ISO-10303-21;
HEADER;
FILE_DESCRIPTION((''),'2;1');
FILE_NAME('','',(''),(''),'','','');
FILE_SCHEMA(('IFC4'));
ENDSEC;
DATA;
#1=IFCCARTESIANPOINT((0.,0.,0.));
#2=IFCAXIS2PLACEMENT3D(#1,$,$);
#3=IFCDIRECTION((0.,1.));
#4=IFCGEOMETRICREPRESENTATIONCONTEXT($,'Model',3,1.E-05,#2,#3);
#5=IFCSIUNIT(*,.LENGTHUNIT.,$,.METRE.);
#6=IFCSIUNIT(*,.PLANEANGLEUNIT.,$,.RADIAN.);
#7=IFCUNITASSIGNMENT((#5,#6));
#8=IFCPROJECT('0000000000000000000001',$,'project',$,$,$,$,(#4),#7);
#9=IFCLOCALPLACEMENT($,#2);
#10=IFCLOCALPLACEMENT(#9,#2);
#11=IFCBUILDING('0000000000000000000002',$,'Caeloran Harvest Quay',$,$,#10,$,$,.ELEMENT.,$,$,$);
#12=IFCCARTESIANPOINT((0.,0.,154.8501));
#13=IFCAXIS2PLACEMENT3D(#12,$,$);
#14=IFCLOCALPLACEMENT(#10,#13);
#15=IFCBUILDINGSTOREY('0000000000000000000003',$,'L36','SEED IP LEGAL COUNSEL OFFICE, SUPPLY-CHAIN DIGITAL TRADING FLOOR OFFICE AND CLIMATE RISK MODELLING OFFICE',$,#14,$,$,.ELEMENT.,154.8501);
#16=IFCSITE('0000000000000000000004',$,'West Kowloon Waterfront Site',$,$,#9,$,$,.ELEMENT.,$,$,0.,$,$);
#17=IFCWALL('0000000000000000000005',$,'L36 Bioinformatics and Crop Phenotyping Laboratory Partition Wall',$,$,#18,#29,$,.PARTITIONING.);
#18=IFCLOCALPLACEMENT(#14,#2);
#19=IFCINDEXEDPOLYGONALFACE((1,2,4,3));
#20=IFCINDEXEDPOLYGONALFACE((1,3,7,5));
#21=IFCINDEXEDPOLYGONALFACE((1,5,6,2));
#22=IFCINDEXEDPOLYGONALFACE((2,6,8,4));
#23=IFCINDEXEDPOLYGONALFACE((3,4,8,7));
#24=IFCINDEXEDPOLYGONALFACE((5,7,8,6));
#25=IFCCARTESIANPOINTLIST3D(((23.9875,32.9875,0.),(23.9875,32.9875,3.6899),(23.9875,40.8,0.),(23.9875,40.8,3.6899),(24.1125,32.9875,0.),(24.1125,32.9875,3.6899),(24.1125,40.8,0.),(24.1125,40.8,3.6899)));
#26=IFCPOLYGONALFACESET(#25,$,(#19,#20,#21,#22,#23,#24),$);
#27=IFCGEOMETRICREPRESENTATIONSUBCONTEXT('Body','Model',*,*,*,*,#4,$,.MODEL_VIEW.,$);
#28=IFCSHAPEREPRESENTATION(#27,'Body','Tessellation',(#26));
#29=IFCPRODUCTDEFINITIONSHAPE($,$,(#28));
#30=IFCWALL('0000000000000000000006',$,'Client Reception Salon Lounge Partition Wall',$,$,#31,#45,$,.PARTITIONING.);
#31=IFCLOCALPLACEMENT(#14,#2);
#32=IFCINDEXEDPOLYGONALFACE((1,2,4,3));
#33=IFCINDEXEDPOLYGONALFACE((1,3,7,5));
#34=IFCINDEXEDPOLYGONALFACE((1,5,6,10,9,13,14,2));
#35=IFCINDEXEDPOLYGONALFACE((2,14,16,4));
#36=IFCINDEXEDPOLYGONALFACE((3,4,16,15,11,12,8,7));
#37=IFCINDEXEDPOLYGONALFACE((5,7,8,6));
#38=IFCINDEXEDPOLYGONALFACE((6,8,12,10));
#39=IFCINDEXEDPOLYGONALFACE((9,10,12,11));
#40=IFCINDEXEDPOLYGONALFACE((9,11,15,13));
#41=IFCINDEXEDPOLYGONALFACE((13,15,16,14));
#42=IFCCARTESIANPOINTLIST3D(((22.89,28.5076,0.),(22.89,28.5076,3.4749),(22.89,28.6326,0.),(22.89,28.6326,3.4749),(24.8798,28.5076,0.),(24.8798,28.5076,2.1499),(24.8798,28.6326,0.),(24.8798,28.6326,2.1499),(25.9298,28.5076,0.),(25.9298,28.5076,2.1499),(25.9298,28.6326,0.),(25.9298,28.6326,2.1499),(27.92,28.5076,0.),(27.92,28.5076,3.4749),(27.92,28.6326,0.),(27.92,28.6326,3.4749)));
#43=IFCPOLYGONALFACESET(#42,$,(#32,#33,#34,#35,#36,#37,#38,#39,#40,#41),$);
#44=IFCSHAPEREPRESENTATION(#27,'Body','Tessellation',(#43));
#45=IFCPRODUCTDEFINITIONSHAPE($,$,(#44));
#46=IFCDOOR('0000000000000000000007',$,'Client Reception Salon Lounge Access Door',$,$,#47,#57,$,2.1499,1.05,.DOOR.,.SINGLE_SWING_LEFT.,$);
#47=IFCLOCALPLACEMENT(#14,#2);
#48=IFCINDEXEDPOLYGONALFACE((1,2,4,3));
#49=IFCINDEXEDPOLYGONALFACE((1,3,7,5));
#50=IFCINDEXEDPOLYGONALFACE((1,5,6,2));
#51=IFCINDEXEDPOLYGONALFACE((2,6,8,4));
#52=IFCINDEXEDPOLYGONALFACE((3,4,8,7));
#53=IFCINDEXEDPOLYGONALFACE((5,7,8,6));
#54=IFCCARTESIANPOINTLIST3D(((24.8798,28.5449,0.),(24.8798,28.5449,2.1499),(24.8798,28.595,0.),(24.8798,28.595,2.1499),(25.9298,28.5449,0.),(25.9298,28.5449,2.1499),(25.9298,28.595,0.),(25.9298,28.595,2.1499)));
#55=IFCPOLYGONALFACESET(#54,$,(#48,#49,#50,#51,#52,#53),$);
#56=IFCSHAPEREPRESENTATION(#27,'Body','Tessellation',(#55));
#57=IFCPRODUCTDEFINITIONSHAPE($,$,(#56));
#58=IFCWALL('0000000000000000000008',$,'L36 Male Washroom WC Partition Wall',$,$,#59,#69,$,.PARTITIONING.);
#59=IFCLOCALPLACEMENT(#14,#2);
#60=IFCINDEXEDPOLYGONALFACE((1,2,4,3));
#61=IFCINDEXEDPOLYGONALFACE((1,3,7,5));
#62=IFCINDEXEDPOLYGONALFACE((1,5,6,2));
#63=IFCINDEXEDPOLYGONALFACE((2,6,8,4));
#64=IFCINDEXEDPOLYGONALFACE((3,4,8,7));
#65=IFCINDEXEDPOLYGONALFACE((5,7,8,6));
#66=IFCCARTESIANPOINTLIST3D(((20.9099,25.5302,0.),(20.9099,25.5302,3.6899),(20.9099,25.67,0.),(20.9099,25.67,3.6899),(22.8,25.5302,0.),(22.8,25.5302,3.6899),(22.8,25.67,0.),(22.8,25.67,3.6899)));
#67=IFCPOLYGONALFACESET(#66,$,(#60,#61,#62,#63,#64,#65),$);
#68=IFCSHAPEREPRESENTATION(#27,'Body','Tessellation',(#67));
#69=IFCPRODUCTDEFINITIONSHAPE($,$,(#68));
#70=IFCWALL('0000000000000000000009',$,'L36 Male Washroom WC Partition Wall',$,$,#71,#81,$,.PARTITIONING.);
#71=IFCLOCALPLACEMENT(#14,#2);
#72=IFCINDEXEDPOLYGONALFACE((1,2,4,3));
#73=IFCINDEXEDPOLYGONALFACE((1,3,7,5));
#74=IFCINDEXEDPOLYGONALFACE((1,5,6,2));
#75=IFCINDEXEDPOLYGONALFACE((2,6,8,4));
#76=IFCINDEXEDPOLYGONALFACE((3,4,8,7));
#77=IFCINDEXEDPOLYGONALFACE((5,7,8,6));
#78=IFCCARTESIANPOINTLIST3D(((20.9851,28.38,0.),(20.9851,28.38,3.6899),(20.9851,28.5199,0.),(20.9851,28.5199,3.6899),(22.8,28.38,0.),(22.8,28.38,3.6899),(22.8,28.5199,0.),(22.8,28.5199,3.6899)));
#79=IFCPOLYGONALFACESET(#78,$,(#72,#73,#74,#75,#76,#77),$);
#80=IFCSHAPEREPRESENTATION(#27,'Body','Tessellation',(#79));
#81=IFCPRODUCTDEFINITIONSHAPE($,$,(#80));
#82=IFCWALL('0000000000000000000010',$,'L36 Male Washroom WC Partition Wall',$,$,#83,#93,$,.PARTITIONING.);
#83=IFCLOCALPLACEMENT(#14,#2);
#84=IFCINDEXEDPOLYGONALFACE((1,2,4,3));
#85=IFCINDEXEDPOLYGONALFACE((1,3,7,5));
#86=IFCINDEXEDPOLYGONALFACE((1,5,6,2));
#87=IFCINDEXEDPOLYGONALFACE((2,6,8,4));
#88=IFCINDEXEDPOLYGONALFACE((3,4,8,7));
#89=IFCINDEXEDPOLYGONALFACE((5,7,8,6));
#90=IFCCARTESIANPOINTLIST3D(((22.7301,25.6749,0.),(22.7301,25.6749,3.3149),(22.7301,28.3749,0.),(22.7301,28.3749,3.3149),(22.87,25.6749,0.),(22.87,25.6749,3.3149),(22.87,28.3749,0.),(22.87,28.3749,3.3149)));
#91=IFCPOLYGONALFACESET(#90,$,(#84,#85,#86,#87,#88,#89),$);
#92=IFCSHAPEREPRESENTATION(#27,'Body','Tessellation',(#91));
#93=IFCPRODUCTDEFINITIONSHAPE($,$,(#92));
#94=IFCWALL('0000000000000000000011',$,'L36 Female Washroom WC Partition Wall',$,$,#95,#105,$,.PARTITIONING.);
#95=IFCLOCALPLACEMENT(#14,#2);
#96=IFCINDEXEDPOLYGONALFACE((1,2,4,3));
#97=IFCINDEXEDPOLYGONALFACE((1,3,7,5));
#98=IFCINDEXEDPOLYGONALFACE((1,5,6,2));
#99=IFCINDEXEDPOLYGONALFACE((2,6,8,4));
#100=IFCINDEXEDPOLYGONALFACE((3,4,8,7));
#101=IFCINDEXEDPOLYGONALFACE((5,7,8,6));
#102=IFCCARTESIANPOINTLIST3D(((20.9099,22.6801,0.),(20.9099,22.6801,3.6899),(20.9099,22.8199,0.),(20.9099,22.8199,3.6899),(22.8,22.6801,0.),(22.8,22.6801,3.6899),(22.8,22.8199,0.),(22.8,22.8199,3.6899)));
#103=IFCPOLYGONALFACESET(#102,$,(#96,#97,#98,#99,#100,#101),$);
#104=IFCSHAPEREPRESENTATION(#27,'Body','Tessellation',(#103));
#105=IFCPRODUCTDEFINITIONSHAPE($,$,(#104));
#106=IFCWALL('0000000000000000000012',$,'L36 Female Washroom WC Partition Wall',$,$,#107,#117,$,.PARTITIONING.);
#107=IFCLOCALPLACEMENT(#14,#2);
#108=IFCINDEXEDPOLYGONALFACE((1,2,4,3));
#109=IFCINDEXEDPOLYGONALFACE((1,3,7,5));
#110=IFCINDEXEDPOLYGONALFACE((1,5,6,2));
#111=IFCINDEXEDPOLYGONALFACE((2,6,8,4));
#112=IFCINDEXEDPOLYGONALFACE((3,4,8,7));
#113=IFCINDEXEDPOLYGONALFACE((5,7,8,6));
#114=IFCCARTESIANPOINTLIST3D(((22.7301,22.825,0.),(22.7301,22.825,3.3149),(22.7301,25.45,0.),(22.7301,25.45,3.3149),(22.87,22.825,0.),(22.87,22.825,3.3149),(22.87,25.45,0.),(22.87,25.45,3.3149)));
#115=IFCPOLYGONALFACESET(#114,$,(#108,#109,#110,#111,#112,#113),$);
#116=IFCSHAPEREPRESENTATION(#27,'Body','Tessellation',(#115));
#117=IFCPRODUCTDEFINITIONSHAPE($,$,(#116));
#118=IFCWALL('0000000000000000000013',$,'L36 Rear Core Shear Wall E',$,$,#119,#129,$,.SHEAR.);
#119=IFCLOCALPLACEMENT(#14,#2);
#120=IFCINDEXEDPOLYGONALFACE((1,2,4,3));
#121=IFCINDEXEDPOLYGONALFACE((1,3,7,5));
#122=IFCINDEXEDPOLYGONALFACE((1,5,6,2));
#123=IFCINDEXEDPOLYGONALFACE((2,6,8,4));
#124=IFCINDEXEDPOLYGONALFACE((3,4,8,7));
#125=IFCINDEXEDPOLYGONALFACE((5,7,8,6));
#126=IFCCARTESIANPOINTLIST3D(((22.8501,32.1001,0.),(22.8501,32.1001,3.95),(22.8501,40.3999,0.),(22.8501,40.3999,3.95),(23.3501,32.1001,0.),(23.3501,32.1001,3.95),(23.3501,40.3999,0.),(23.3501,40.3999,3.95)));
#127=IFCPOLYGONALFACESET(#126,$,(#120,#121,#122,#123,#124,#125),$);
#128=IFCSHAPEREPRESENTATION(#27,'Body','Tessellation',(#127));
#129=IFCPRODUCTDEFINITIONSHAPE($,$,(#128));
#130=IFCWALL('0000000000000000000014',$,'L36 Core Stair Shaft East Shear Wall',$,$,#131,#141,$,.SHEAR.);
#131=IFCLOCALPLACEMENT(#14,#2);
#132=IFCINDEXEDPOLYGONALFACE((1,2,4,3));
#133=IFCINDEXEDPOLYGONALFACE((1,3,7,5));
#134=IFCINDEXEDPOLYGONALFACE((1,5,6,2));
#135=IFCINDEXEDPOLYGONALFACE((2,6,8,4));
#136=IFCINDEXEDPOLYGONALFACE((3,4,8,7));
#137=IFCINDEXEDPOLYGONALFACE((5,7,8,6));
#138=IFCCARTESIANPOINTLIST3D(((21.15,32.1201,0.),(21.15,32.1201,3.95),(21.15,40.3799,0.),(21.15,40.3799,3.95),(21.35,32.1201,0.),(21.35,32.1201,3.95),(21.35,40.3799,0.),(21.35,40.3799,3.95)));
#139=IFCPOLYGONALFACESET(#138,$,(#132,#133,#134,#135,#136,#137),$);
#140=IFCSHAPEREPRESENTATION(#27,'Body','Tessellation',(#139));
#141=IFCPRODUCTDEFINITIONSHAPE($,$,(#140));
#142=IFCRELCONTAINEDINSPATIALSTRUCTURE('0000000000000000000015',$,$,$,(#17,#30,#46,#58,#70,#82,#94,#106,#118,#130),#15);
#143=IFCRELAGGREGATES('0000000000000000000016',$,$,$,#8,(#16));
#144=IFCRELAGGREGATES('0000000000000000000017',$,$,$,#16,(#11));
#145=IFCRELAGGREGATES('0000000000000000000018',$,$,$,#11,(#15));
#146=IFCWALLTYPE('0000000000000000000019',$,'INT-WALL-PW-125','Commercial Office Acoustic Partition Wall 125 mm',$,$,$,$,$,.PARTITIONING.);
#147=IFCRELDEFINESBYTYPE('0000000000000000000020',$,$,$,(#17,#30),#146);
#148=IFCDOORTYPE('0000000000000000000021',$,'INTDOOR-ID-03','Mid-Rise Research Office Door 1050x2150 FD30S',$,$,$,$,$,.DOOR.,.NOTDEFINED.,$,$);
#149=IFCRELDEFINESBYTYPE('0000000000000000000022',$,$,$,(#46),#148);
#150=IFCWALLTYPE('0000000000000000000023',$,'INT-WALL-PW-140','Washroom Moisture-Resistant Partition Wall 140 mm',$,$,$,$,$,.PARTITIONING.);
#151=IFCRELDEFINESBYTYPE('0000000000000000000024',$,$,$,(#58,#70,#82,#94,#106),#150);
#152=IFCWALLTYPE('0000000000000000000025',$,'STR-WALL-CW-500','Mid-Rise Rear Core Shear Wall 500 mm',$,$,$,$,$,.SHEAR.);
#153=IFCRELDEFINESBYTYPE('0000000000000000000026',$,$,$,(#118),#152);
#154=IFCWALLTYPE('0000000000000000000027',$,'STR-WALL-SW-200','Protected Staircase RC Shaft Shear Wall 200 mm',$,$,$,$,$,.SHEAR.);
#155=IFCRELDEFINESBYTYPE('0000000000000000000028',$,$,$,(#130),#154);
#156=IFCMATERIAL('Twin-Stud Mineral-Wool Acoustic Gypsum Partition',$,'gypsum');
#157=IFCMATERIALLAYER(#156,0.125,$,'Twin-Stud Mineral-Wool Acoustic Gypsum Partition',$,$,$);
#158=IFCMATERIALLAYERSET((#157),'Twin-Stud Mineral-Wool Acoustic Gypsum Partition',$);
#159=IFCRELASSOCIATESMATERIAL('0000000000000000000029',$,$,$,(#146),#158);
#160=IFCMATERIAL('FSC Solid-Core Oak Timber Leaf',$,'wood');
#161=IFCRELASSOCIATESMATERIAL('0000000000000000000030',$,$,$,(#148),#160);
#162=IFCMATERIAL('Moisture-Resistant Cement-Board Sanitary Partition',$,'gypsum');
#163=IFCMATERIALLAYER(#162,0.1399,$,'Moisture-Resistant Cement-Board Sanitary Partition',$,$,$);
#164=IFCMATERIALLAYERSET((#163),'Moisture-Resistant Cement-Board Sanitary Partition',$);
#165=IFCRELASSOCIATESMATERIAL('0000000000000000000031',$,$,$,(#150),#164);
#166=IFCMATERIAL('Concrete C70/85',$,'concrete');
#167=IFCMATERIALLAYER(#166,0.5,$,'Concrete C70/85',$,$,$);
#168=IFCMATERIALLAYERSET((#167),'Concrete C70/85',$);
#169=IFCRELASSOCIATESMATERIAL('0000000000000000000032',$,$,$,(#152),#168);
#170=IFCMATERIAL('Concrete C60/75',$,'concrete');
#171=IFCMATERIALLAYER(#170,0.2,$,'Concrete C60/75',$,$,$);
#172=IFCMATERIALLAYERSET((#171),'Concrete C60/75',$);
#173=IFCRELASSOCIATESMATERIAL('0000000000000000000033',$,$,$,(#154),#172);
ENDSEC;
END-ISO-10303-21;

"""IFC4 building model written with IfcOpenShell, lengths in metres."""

from ifc_helpers import new_model, si_unit, direction, frame, frame_2d, origin, place, context, subcontext, project, spatial, rectangle, extrude, material, layer, layer_set, type_object, element, fill, save


model = new_model("IFC4")

# Units and contexts
model_context = context("Model", 3, precision=1e-05, world=origin(), true_north=direction((0.0, 1.0)))
body_context = subcontext(model_context, "Body", "Model", "MODEL_VIEW")
ifc_project = project(units=[si_unit("LENGTHUNIT", "METRE"), si_unit("PLANEANGLEUNIT", "RADIAN")], contexts=[model_context])

# Site, building, storey
site_placement = place(None, origin())
site = spatial("IfcSite", under=ifc_project, at=site_placement, Name="West Kowloon Waterfront Site", CompositionType="ELEMENT", RefElevation=0.0)
building_placement = place(site_placement, origin())
building = spatial("IfcBuilding", under=site, at=building_placement, Name="Caeloran Harvest Quay", CompositionType="ELEMENT")
storey_placement = place(building_placement, frame((0.0, 0.0, 154.8501)))
storey = spatial("IfcBuildingStorey", under=building, at=storey_placement, Name="L36", Description="SEED IP LEGAL COUNSEL OFFICE, SUPPLY-CHAIN DIGITAL TRADING FLOOR OFFICE AND CLIMATE RISK MODELLING OFFICE", CompositionType="ELEMENT", Elevation=154.8501)

# Wall
ifc_material_1 = material(Name="Twin-Stud Mineral-Wool Acoustic Gypsum Partition", Category="gypsum")
ifc_layer_1 = layer(ifc_material_1, 0.125, Name="Twin-Stud Mineral-Wool Acoustic Gypsum Partition")
ifc_layer_set_1 = layer_set([ifc_layer_1], Name="Twin-Stud Mineral-Wool Acoustic Gypsum Partition")
wall_type_1 = type_object("IfcWallType", Name="INT-WALL-PW-125", Description="Commercial Office Acoustic Partition Wall 125 mm", PredefinedType="PARTITIONING", material=ifc_layer_set_1)
wall_1_placement = place(storey_placement, frame((24.05, 32.9875, 0.0), z_axis=(0.0, 0.0, 1.0), x_axis=(0.0, 1.0, 0.0)))
element("IfcWall", 1, at=wall_1_placement, inside=storey, type_object=wall_type_1, Name="L36 Bioinformatics and Crop Phenotyping Laboratory Partition Wall", PredefinedType="PARTITIONING", context=body_context, shape_type="SweptSolid", body=[
    extrude(rectangle(XDim=7.8125, YDim=0.125, at=frame_2d((3.9062, 0.0))), origin(), (0.0, 0.0, 1.0), 3.6899),
])

# Wall, opening, door
wall_2_placement = place(storey_placement, frame((22.8899, 28.5701, 0.0), z_axis=(0.0, 0.0, 1.0), x_axis=(1.0, 0.0, 0.0)))
wall_2 = element("IfcWall", 2, at=wall_2_placement, inside=storey, type_object=wall_type_1, Name="Client Reception Salon Lounge Partition Wall", PredefinedType="PARTITIONING", context=body_context, shape_type="SweptSolid", body=[
    extrude(rectangle(XDim=5.03, YDim=0.125, at=frame_2d((2.5151, 0.0))), origin(), (0.0, 0.0, 1.0), 3.4749),
])
opening_1_placement = place(wall_2_placement, frame((1.99, 0.0, 0.0)))
opening_1 = element("IfcOpeningElement", 3, at=opening_1_placement, cuts=wall_2, PredefinedType="OPENING", context=body_context, shape_type="SweptSolid", body=[
    extrude(rectangle(XDim=1.05, YDim=2.1499, at=frame_2d((0.5249, 1.075))), frame((0.0, 0.0725, 0.0), z_axis=(0.0, -1.0, 0.0), x_axis=(1.0, 0.0, 0.0)), (0.0, 0.0, 1.0), 0.145),
])
ifc_material_2 = material(Name="FSC Solid-Core Oak Timber Leaf", Category="wood")
door_type_1 = type_object("IfcDoorType", Name="INTDOOR-ID-03", Description="Mid-Rise Research Office Door 1050x2150 FD30S", OperationType="NOTDEFINED", PredefinedType="DOOR", material=ifc_material_2)
door_1_placement = place(opening_1_placement, origin())
door_1 = element("IfcDoor", 4, at=door_1_placement, inside=storey, type_object=door_type_1, Name="Client Reception Salon Lounge Access Door", OperationType="SINGLE_SWING_LEFT", OverallHeight=2.1499, OverallWidth=1.05, PredefinedType="DOOR", context=body_context, shape_type="SweptSolid", body=[
    extrude(rectangle(XDim=1.05, YDim=2.1499, at=frame_2d((0.5249, 1.075))), frame((0.0, 0.0249, 0.0), z_axis=(0.0, -1.0, 0.0), x_axis=(1.0, 0.0, 0.0)), (0.0, 0.0, 1.0), 0.05),
])
fill(opening_1, door_1)

# Wall
ifc_material_3 = material(Name="Moisture-Resistant Cement-Board Sanitary Partition", Category="gypsum")
ifc_layer_2 = layer(ifc_material_3, 0.1399, Name="Moisture-Resistant Cement-Board Sanitary Partition")
ifc_layer_set_2 = layer_set([ifc_layer_2], Name="Moisture-Resistant Cement-Board Sanitary Partition")
wall_type_2 = type_object("IfcWallType", Name="INT-WALL-PW-140", Description="Washroom Moisture-Resistant Partition Wall 140 mm", PredefinedType="PARTITIONING", material=ifc_layer_set_2)
wall_3_placement = place(storey_placement, frame((22.8, 25.6001, 0.0), z_axis=(0.0, 0.0, 1.0), x_axis=(-1.0, 0.0, 0.0)))
element("IfcWall", 5, at=wall_3_placement, inside=storey, type_object=wall_type_2, Name="L36 Male Washroom WC Partition Wall", PredefinedType="PARTITIONING", context=body_context, shape_type="SweptSolid", body=[
    extrude(rectangle(XDim=1.8901, YDim=0.1399, at=frame_2d((0.9451, 0.0))), origin(), (0.0, 0.0, 1.0), 3.6899),
])

# Walls
wall_4_placement = place(storey_placement, frame((20.9851, 28.45, 0.0), z_axis=(0.0, 0.0, 1.0), x_axis=(1.0, 0.0, 0.0)))
element("IfcWall", 6, at=wall_4_placement, inside=storey, type_object=wall_type_2, Name="L36 Male Washroom WC Partition Wall", PredefinedType="PARTITIONING", context=body_context, shape_type="SweptSolid", body=[
    extrude(rectangle(XDim=1.8149, YDim=0.1399, at=frame_2d((0.9075, 0.0))), origin(), (0.0, 0.0, 1.0), 3.6899),
])
wall_5_placement = place(storey_placement, frame((22.8, 28.375, 0.0), z_axis=(0.0, 0.0, 1.0), x_axis=(0.0, -1.0, 0.0)))
element("IfcWall", 7, at=wall_5_placement, inside=storey, type_object=wall_type_2, Name="L36 Male Washroom WC Partition Wall", PredefinedType="PARTITIONING", context=body_context, shape_type="SweptSolid", body=[
    extrude(rectangle(XDim=2.7, YDim=0.1399, at=frame_2d((1.3501, 0.0))), origin(), (0.0, 0.0, 1.0), 3.3149),
])
wall_6_placement = place(storey_placement, frame((22.8, 22.75, 0.0), z_axis=(0.0, 0.0, 1.0), x_axis=(-1.0, 0.0, 0.0)))
element("IfcWall", 8, at=wall_6_placement, inside=storey, type_object=wall_type_2, Name="L36 Female Washroom WC Partition Wall", PredefinedType="PARTITIONING", context=body_context, shape_type="SweptSolid", body=[
    extrude(rectangle(XDim=1.8901, YDim=0.1399, at=frame_2d((0.9451, 0.0))), origin(), (0.0, 0.0, 1.0), 3.6899),
])

# Walls
wall_7_placement = place(storey_placement, frame((22.8, 25.45, 0.0), z_axis=(0.0, 0.0, 1.0), x_axis=(0.0, -1.0, 0.0)))
element("IfcWall", 9, at=wall_7_placement, inside=storey, type_object=wall_type_2, Name="L36 Female Washroom WC Partition Wall", PredefinedType="PARTITIONING", context=body_context, shape_type="SweptSolid", body=[
    extrude(rectangle(XDim=2.625, YDim=0.1399, at=frame_2d((1.3125, 0.0))), origin(), (0.0, 0.0, 1.0), 3.3149),
])
ifc_material_4 = material(Name="Concrete C70/85", Category="concrete")
ifc_layer_3 = layer(ifc_material_4, 0.5, Name="Concrete C70/85")
ifc_layer_set_3 = layer_set([ifc_layer_3], Name="Concrete C70/85")
wall_type_3 = type_object("IfcWallType", Name="STR-WALL-CW-500", Description="Mid-Rise Rear Core Shear Wall 500 mm", PredefinedType="SHEAR", material=ifc_layer_set_3)
wall_8_placement = place(storey_placement, frame((23.1001, 32.1001, 0.0), z_axis=(0.0, 0.0, 1.0), x_axis=(0.0, 1.0, 0.0)))
element("IfcWall", 10, at=wall_8_placement, inside=storey, type_object=wall_type_3, Name="L36 Rear Core Shear Wall E", PredefinedType="SHEAR", context=body_context, shape_type="SweptSolid", body=[
    extrude(rectangle(XDim=8.2998, YDim=0.5, at=frame_2d((4.1499, 0.0))), origin(), (0.0, 0.0, 1.0), 3.95),
])
ifc_material_5 = material(Name="Concrete C60/75", Category="concrete")
ifc_layer_4 = layer(ifc_material_5, 0.2, Name="Concrete C60/75")
ifc_layer_set_4 = layer_set([ifc_layer_4], Name="Concrete C60/75")
wall_type_4 = type_object("IfcWallType", Name="STR-WALL-SW-200", Description="Protected Staircase RC Shaft Shear Wall 200 mm", PredefinedType="SHEAR", material=ifc_layer_set_4)
wall_9_placement = place(storey_placement, frame((21.25, 32.1201, 0.0), z_axis=(0.0, 0.0, 1.0), x_axis=(0.0, 1.0, 0.0)))
element("IfcWall", 11, at=wall_9_placement, inside=storey, type_object=wall_type_4, Name="L36 Core Stair Shaft East Shear Wall", PredefinedType="SHEAR", context=body_context, shape_type="SweptSolid", body=[
    extrude(rectangle(XDim=8.2598, YDim=0.2, at=frame_2d((4.1299, 0.0))), origin(), (0.0, 0.0, 1.0), 3.95),
])

save(model, "model.ifc")
